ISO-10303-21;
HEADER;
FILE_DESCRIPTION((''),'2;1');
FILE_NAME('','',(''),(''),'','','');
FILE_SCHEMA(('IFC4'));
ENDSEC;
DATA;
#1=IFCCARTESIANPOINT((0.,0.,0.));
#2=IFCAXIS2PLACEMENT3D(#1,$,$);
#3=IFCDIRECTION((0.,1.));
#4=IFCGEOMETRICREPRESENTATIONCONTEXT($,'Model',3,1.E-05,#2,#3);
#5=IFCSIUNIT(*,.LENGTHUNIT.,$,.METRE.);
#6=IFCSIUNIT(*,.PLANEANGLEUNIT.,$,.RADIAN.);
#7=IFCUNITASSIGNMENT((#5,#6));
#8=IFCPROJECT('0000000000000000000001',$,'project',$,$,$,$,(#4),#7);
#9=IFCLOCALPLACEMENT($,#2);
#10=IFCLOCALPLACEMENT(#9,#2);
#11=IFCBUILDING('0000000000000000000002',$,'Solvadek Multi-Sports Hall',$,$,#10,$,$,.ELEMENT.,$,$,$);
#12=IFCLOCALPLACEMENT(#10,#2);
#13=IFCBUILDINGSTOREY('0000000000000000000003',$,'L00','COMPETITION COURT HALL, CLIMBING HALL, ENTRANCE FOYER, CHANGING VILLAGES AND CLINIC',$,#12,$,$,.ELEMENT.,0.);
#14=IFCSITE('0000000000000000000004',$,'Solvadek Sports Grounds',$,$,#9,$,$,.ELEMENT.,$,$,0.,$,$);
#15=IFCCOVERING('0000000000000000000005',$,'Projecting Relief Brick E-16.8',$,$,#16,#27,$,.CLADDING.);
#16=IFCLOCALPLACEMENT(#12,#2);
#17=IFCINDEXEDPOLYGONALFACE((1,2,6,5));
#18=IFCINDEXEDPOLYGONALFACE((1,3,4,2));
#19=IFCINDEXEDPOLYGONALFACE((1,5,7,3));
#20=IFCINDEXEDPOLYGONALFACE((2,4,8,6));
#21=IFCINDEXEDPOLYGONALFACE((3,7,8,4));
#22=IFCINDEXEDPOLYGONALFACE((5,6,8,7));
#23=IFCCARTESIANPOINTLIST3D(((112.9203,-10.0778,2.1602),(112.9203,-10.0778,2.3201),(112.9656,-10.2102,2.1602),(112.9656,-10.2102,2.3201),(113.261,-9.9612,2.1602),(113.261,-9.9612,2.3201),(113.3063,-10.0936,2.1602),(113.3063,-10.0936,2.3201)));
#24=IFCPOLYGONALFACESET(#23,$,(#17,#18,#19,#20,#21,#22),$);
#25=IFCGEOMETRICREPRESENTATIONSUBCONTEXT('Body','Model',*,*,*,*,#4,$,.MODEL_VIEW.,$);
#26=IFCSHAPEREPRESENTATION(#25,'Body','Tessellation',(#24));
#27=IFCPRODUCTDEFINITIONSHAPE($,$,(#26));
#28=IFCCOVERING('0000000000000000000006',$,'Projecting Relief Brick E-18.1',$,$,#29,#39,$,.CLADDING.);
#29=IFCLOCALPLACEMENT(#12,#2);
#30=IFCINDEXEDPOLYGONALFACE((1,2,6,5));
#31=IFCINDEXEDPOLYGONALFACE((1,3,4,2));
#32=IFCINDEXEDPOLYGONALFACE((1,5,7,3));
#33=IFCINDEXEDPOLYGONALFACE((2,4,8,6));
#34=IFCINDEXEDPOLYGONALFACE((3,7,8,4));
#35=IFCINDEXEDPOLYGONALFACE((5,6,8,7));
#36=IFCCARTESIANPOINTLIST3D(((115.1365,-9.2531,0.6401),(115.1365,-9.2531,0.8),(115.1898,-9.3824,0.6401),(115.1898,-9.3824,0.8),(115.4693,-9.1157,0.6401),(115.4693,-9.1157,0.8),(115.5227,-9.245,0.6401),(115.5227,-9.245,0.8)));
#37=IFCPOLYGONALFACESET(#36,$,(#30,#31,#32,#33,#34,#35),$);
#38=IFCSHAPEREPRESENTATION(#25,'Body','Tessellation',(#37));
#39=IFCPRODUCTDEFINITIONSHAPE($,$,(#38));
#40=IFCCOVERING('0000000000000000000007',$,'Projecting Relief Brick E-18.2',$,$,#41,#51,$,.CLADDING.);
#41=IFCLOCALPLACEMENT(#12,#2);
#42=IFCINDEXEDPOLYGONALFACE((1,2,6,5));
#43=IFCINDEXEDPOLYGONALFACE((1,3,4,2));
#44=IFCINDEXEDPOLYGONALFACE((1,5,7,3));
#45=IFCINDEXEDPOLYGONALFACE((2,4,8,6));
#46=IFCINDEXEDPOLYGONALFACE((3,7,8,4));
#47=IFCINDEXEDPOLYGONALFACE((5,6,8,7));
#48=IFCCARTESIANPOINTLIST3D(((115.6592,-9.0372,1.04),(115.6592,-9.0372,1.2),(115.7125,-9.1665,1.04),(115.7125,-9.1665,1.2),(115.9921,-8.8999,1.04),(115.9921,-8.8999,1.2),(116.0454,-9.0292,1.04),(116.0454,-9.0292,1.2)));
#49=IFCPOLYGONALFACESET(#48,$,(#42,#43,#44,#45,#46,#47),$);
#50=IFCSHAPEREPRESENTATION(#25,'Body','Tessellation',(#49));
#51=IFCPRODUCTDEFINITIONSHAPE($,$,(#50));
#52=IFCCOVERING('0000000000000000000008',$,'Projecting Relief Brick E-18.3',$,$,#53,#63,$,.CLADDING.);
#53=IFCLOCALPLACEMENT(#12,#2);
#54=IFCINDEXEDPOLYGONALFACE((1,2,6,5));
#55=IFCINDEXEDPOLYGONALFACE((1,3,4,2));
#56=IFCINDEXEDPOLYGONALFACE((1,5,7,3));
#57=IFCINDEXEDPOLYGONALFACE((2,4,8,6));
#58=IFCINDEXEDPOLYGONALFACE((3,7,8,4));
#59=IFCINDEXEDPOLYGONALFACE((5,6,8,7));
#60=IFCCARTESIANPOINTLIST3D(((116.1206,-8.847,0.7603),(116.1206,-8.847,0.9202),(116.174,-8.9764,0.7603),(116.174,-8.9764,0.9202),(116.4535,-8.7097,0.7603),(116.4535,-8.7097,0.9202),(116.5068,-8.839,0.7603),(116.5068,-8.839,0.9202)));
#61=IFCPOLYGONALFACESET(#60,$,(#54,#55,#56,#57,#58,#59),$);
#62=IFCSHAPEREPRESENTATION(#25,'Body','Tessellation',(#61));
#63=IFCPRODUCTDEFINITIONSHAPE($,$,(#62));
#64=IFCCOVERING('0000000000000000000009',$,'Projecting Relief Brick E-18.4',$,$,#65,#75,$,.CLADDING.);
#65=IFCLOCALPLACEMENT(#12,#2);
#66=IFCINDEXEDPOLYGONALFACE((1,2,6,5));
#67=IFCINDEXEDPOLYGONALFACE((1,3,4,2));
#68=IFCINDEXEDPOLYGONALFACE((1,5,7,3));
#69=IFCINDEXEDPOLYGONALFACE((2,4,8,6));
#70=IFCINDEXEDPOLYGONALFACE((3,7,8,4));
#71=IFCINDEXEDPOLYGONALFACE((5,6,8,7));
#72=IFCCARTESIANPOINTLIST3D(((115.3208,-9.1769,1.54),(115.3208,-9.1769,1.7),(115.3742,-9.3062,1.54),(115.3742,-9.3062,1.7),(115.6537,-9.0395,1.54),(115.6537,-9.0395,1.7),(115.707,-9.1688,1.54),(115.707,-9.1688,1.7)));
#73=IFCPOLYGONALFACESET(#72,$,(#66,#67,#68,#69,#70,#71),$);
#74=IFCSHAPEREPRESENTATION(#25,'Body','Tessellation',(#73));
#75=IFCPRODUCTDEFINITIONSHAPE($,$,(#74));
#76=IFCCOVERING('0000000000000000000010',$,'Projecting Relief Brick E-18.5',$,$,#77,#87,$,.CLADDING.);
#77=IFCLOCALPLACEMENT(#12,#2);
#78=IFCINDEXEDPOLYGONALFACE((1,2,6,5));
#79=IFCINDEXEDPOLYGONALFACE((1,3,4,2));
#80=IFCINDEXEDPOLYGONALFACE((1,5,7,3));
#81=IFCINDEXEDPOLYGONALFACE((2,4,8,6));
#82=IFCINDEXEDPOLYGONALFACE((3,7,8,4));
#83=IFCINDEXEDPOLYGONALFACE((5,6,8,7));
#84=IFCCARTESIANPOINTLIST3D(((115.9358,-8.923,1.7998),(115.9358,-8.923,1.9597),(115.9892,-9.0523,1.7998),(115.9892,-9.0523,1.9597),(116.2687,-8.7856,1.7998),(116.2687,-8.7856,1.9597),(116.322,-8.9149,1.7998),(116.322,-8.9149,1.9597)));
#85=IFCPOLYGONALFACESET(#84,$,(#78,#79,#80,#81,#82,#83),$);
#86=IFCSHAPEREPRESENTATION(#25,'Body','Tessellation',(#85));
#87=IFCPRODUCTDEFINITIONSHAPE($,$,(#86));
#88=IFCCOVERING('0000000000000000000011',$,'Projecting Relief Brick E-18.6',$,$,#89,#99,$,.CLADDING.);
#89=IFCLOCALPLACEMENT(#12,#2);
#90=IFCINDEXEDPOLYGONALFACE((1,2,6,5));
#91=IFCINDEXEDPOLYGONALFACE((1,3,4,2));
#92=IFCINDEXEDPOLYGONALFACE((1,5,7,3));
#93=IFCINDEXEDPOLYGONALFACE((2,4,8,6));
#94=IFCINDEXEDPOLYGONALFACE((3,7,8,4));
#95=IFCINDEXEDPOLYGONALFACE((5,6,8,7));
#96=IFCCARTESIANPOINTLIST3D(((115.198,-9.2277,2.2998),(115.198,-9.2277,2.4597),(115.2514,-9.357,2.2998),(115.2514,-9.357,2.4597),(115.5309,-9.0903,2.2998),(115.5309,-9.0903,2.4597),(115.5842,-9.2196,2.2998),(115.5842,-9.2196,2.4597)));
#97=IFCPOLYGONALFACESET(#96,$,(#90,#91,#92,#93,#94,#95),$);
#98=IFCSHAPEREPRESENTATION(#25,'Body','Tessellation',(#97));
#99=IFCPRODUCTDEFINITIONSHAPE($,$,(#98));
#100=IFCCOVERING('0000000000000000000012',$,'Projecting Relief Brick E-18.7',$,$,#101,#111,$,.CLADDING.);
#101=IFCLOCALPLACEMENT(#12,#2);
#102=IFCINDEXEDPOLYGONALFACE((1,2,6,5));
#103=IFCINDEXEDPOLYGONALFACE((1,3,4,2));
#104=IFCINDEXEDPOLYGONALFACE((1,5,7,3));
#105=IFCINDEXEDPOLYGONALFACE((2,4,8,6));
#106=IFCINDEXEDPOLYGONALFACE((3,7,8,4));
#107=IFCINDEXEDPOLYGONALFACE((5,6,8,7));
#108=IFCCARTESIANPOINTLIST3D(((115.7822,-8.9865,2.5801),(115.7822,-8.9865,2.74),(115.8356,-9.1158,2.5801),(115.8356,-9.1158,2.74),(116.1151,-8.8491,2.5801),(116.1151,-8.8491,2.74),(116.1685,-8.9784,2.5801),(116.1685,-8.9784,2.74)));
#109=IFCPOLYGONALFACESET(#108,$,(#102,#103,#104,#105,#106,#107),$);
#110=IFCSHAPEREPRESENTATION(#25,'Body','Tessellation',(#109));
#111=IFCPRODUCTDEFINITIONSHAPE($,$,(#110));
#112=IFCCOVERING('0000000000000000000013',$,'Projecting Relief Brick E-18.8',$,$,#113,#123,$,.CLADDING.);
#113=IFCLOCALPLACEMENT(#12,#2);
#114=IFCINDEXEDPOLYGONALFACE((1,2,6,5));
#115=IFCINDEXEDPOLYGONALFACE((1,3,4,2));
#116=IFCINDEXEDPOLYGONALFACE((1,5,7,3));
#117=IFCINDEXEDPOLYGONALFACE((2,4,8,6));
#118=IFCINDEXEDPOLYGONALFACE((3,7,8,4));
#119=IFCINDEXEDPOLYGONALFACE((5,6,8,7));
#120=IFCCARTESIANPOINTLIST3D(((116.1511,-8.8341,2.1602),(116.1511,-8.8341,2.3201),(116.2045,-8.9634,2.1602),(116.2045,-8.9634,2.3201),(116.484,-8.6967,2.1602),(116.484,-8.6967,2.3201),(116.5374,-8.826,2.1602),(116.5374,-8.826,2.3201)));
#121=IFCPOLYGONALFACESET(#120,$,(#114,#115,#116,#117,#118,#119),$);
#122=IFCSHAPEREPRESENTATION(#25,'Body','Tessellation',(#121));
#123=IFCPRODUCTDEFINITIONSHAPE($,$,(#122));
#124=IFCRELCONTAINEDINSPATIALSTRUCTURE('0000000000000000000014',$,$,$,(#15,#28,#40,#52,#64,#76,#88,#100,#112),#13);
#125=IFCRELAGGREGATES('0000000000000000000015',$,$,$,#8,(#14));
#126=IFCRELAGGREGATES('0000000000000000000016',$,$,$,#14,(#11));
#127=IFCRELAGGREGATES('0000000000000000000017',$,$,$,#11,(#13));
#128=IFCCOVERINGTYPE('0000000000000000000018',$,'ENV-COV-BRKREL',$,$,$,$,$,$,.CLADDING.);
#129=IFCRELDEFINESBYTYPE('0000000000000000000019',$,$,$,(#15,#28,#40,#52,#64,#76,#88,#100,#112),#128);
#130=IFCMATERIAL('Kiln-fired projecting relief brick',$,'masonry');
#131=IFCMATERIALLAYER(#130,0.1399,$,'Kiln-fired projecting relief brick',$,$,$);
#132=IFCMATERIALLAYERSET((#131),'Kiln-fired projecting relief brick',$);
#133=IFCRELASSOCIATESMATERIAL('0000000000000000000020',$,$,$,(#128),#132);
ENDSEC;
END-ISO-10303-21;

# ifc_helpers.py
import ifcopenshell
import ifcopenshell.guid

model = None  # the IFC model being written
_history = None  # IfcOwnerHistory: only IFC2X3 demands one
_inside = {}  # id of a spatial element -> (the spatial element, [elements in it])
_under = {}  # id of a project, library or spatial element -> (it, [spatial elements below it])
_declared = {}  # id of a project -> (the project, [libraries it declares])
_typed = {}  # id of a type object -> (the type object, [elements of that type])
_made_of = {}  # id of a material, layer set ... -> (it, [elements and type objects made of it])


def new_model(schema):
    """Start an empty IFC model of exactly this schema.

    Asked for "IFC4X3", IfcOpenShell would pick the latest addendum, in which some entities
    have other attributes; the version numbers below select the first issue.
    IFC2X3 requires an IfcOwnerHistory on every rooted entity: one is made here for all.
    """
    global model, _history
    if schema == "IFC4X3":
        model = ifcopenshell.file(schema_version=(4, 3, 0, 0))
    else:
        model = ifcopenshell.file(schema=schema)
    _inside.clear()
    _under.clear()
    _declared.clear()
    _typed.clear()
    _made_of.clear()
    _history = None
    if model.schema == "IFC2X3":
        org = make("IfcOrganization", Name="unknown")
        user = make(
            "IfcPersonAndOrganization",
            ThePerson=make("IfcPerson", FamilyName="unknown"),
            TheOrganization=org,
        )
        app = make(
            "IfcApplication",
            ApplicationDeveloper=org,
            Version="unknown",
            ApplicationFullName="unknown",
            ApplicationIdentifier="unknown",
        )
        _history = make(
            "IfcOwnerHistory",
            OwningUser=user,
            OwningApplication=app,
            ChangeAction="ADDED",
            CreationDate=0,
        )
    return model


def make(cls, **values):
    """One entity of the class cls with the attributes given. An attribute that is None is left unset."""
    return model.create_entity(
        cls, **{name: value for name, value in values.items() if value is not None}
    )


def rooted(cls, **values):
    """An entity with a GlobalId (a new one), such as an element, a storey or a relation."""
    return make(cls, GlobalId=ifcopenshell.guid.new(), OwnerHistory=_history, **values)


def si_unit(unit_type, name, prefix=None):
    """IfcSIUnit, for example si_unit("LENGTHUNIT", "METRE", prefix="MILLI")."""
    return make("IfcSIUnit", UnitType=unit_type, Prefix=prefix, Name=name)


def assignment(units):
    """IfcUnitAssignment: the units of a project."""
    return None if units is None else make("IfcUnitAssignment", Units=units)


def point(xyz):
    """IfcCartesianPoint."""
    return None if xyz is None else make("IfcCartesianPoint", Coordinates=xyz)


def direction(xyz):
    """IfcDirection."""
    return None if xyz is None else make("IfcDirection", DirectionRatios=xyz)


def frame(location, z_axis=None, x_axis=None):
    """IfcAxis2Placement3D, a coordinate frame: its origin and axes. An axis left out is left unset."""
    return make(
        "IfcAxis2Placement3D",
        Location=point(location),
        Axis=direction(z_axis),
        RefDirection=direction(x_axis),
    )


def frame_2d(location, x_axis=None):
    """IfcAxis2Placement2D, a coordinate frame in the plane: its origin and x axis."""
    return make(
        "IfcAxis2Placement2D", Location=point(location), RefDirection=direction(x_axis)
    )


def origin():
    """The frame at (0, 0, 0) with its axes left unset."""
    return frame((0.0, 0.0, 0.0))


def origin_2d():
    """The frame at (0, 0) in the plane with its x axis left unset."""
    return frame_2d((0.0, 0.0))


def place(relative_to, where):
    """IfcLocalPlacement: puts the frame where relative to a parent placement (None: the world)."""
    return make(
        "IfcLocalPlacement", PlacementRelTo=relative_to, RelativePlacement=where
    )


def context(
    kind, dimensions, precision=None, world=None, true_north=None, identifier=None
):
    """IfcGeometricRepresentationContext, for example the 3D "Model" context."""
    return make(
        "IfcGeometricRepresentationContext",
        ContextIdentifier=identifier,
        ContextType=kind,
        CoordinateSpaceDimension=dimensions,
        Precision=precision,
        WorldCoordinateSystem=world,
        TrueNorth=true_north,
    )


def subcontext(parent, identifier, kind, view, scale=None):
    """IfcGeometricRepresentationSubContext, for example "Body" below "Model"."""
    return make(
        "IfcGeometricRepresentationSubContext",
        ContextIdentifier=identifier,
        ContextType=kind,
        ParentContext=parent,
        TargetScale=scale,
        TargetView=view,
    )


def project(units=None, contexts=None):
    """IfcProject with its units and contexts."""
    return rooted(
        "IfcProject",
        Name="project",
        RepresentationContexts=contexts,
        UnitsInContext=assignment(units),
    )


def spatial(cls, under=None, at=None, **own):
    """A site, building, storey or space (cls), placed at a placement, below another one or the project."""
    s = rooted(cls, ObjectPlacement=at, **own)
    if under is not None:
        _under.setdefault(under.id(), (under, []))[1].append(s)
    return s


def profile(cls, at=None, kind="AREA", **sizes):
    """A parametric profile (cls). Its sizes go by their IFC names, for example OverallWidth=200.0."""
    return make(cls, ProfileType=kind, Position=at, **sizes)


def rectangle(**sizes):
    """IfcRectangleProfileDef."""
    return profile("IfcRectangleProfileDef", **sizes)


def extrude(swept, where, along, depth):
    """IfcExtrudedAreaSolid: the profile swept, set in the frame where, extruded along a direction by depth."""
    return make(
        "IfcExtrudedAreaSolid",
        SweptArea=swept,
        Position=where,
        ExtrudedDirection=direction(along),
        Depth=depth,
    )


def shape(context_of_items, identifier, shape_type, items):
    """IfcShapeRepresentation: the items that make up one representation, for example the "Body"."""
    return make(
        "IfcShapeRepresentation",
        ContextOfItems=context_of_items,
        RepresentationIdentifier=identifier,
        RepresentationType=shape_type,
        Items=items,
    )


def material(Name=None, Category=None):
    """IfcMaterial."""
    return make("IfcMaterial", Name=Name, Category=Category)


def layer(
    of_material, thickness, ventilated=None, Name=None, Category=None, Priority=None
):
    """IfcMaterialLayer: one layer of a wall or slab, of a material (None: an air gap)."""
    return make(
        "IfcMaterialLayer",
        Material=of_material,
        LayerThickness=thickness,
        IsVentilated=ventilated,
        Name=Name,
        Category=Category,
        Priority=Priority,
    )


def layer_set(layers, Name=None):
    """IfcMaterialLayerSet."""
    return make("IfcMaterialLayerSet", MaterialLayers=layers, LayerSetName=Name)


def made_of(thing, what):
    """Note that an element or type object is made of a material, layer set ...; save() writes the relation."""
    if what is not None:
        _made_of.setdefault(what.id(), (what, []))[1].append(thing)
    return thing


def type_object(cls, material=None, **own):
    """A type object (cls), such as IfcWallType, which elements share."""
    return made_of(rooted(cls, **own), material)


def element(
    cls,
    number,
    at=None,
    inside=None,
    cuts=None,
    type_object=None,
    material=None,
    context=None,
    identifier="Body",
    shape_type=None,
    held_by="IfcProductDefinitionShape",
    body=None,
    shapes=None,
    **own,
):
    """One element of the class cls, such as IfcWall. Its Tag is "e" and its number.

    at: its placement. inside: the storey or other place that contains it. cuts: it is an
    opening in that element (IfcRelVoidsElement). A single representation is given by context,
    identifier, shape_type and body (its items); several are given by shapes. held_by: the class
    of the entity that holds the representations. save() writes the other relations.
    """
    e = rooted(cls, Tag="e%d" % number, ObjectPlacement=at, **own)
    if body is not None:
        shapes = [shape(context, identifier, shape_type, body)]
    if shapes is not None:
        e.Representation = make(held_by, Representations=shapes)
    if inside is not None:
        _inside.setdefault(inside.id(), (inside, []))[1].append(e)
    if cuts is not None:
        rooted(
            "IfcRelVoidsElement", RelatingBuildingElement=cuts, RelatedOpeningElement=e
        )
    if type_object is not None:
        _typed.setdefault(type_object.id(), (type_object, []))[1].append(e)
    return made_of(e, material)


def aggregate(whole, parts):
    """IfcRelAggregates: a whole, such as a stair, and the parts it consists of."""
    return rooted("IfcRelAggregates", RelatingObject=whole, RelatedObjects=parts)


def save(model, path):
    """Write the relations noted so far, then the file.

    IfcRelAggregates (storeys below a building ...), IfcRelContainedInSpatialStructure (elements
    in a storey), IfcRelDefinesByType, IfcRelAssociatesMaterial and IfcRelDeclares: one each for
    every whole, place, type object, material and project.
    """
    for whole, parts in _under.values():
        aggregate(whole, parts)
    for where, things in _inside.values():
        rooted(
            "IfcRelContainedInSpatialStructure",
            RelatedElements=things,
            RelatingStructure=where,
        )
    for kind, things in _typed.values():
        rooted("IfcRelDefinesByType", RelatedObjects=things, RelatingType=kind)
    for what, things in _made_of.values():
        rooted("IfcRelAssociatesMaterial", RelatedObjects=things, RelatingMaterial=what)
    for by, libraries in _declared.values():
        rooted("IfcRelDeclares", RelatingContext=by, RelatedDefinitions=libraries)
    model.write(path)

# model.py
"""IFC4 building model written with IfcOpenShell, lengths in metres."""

from ifc_helpers import new_model, si_unit, direction, frame, origin, origin_2d, place, context, subcontext, project, spatial, rectangle, extrude, material, layer, layer_set, type_object, element, save


model = new_model("IFC4")

# Units and contexts
model_context = context("Model", 3, precision=1e-05, world=origin(), true_north=direction((0.0, 1.0)))
body_context = subcontext(model_context, "Body", "Model", "MODEL_VIEW")
ifc_project = project(units=[si_unit("LENGTHUNIT", "METRE"), si_unit("PLANEANGLEUNIT", "RADIAN")], contexts=[model_context])

# Site, building, storey
site_placement = place(None, origin())
site = spatial("IfcSite", under=ifc_project, at=site_placement, Name="Solvadek Sports Grounds", CompositionType="ELEMENT", RefElevation=0.0)
building_placement = place(site_placement, origin())
building = spatial("IfcBuilding", under=site, at=building_placement, Name="Solvadek Multi-Sports Hall", CompositionType="ELEMENT")
storey_placement = place(building_placement, origin())
storey = spatial("IfcBuildingStorey", under=building, at=storey_placement, Name="L00", Description="COMPETITION COURT HALL, CLIMBING HALL, ENTRANCE FOYER, CHANGING VILLAGES AND CLINIC", CompositionType="ELEMENT", Elevation=0.0)

# Coverings
ifc_material_1 = material(Name="Kiln-fired projecting relief brick", Category="masonry")
ifc_layer_1 = layer(ifc_material_1, 0.1399, Name="Kiln-fired projecting relief brick")
ifc_layer_set_1 = layer_set([ifc_layer_1], Name="Kiln-fired projecting relief brick")
covering_type = type_object("IfcCoveringType", Name="ENV-COV-BRKREL", PredefinedType="CLADDING", material=ifc_layer_set_1)
for number, where, z_axis, x_axis, name in (
    (1, (113.1133, -10.0857, 2.1602), (0.0, 0.0, 1.0), (0.946153, 0.32372, 0.0), "Projecting Relief Brick E-16.8"),
    (2, (115.3296, -9.249, 0.6401), (0.0, 0.0, 1.0), (0.92438, 0.381472, 0.0), "Projecting Relief Brick E-18.1"),
    (3, (115.8523, -9.0332, 1.04), (0.0, 0.0, 1.0), (0.92438, 0.381472, 0.0), "Projecting Relief Brick E-18.2"),
    (4, (116.3137, -8.843, 0.7603), (0.0, 0.0, 1.0), (0.92438, 0.381472, 0.0), "Projecting Relief Brick E-18.3"),
    (5, (115.5139, -9.1729, 1.54), (0.0, 0.0, 1.0), (0.92438, 0.381472, 0.0), "Projecting Relief Brick E-18.4"),
    (6, (116.1289, -8.9189, 1.7998), (0.0, 0.0, 1.0), (0.92438, 0.381472, 0.0), "Projecting Relief Brick E-18.5"),
    (7, (115.3911, -9.2236, 2.2998), (0.0, 0.0, 1.0), (0.92438, 0.381472, 0.0), "Projecting Relief Brick E-18.6"),
    (8, (115.9753, -8.9824, 2.5801), (0.0, 0.0, 1.0), (0.92438, 0.381472, 0.0), "Projecting Relief Brick E-18.7"),
    (9, (116.3442, -8.8301, 2.1602), (0.0, 0.0, 1.0), (0.92438, 0.381472, 0.0), "Projecting Relief Brick E-18.8"),
):
    element("IfcCovering", number, at=place(storey_placement, frame(where, z_axis=z_axis, x_axis=x_axis)), inside=storey, type_object=covering_type, Name=name, PredefinedType="CLADDING", context=body_context, shape_type="SweptSolid", body=[
        extrude(rectangle(XDim=0.3601, YDim=0.1399, at=origin_2d()), origin(), (0.0, 0.0, 1.0), 0.1599),
    ])

save(model, "model.ifc")
